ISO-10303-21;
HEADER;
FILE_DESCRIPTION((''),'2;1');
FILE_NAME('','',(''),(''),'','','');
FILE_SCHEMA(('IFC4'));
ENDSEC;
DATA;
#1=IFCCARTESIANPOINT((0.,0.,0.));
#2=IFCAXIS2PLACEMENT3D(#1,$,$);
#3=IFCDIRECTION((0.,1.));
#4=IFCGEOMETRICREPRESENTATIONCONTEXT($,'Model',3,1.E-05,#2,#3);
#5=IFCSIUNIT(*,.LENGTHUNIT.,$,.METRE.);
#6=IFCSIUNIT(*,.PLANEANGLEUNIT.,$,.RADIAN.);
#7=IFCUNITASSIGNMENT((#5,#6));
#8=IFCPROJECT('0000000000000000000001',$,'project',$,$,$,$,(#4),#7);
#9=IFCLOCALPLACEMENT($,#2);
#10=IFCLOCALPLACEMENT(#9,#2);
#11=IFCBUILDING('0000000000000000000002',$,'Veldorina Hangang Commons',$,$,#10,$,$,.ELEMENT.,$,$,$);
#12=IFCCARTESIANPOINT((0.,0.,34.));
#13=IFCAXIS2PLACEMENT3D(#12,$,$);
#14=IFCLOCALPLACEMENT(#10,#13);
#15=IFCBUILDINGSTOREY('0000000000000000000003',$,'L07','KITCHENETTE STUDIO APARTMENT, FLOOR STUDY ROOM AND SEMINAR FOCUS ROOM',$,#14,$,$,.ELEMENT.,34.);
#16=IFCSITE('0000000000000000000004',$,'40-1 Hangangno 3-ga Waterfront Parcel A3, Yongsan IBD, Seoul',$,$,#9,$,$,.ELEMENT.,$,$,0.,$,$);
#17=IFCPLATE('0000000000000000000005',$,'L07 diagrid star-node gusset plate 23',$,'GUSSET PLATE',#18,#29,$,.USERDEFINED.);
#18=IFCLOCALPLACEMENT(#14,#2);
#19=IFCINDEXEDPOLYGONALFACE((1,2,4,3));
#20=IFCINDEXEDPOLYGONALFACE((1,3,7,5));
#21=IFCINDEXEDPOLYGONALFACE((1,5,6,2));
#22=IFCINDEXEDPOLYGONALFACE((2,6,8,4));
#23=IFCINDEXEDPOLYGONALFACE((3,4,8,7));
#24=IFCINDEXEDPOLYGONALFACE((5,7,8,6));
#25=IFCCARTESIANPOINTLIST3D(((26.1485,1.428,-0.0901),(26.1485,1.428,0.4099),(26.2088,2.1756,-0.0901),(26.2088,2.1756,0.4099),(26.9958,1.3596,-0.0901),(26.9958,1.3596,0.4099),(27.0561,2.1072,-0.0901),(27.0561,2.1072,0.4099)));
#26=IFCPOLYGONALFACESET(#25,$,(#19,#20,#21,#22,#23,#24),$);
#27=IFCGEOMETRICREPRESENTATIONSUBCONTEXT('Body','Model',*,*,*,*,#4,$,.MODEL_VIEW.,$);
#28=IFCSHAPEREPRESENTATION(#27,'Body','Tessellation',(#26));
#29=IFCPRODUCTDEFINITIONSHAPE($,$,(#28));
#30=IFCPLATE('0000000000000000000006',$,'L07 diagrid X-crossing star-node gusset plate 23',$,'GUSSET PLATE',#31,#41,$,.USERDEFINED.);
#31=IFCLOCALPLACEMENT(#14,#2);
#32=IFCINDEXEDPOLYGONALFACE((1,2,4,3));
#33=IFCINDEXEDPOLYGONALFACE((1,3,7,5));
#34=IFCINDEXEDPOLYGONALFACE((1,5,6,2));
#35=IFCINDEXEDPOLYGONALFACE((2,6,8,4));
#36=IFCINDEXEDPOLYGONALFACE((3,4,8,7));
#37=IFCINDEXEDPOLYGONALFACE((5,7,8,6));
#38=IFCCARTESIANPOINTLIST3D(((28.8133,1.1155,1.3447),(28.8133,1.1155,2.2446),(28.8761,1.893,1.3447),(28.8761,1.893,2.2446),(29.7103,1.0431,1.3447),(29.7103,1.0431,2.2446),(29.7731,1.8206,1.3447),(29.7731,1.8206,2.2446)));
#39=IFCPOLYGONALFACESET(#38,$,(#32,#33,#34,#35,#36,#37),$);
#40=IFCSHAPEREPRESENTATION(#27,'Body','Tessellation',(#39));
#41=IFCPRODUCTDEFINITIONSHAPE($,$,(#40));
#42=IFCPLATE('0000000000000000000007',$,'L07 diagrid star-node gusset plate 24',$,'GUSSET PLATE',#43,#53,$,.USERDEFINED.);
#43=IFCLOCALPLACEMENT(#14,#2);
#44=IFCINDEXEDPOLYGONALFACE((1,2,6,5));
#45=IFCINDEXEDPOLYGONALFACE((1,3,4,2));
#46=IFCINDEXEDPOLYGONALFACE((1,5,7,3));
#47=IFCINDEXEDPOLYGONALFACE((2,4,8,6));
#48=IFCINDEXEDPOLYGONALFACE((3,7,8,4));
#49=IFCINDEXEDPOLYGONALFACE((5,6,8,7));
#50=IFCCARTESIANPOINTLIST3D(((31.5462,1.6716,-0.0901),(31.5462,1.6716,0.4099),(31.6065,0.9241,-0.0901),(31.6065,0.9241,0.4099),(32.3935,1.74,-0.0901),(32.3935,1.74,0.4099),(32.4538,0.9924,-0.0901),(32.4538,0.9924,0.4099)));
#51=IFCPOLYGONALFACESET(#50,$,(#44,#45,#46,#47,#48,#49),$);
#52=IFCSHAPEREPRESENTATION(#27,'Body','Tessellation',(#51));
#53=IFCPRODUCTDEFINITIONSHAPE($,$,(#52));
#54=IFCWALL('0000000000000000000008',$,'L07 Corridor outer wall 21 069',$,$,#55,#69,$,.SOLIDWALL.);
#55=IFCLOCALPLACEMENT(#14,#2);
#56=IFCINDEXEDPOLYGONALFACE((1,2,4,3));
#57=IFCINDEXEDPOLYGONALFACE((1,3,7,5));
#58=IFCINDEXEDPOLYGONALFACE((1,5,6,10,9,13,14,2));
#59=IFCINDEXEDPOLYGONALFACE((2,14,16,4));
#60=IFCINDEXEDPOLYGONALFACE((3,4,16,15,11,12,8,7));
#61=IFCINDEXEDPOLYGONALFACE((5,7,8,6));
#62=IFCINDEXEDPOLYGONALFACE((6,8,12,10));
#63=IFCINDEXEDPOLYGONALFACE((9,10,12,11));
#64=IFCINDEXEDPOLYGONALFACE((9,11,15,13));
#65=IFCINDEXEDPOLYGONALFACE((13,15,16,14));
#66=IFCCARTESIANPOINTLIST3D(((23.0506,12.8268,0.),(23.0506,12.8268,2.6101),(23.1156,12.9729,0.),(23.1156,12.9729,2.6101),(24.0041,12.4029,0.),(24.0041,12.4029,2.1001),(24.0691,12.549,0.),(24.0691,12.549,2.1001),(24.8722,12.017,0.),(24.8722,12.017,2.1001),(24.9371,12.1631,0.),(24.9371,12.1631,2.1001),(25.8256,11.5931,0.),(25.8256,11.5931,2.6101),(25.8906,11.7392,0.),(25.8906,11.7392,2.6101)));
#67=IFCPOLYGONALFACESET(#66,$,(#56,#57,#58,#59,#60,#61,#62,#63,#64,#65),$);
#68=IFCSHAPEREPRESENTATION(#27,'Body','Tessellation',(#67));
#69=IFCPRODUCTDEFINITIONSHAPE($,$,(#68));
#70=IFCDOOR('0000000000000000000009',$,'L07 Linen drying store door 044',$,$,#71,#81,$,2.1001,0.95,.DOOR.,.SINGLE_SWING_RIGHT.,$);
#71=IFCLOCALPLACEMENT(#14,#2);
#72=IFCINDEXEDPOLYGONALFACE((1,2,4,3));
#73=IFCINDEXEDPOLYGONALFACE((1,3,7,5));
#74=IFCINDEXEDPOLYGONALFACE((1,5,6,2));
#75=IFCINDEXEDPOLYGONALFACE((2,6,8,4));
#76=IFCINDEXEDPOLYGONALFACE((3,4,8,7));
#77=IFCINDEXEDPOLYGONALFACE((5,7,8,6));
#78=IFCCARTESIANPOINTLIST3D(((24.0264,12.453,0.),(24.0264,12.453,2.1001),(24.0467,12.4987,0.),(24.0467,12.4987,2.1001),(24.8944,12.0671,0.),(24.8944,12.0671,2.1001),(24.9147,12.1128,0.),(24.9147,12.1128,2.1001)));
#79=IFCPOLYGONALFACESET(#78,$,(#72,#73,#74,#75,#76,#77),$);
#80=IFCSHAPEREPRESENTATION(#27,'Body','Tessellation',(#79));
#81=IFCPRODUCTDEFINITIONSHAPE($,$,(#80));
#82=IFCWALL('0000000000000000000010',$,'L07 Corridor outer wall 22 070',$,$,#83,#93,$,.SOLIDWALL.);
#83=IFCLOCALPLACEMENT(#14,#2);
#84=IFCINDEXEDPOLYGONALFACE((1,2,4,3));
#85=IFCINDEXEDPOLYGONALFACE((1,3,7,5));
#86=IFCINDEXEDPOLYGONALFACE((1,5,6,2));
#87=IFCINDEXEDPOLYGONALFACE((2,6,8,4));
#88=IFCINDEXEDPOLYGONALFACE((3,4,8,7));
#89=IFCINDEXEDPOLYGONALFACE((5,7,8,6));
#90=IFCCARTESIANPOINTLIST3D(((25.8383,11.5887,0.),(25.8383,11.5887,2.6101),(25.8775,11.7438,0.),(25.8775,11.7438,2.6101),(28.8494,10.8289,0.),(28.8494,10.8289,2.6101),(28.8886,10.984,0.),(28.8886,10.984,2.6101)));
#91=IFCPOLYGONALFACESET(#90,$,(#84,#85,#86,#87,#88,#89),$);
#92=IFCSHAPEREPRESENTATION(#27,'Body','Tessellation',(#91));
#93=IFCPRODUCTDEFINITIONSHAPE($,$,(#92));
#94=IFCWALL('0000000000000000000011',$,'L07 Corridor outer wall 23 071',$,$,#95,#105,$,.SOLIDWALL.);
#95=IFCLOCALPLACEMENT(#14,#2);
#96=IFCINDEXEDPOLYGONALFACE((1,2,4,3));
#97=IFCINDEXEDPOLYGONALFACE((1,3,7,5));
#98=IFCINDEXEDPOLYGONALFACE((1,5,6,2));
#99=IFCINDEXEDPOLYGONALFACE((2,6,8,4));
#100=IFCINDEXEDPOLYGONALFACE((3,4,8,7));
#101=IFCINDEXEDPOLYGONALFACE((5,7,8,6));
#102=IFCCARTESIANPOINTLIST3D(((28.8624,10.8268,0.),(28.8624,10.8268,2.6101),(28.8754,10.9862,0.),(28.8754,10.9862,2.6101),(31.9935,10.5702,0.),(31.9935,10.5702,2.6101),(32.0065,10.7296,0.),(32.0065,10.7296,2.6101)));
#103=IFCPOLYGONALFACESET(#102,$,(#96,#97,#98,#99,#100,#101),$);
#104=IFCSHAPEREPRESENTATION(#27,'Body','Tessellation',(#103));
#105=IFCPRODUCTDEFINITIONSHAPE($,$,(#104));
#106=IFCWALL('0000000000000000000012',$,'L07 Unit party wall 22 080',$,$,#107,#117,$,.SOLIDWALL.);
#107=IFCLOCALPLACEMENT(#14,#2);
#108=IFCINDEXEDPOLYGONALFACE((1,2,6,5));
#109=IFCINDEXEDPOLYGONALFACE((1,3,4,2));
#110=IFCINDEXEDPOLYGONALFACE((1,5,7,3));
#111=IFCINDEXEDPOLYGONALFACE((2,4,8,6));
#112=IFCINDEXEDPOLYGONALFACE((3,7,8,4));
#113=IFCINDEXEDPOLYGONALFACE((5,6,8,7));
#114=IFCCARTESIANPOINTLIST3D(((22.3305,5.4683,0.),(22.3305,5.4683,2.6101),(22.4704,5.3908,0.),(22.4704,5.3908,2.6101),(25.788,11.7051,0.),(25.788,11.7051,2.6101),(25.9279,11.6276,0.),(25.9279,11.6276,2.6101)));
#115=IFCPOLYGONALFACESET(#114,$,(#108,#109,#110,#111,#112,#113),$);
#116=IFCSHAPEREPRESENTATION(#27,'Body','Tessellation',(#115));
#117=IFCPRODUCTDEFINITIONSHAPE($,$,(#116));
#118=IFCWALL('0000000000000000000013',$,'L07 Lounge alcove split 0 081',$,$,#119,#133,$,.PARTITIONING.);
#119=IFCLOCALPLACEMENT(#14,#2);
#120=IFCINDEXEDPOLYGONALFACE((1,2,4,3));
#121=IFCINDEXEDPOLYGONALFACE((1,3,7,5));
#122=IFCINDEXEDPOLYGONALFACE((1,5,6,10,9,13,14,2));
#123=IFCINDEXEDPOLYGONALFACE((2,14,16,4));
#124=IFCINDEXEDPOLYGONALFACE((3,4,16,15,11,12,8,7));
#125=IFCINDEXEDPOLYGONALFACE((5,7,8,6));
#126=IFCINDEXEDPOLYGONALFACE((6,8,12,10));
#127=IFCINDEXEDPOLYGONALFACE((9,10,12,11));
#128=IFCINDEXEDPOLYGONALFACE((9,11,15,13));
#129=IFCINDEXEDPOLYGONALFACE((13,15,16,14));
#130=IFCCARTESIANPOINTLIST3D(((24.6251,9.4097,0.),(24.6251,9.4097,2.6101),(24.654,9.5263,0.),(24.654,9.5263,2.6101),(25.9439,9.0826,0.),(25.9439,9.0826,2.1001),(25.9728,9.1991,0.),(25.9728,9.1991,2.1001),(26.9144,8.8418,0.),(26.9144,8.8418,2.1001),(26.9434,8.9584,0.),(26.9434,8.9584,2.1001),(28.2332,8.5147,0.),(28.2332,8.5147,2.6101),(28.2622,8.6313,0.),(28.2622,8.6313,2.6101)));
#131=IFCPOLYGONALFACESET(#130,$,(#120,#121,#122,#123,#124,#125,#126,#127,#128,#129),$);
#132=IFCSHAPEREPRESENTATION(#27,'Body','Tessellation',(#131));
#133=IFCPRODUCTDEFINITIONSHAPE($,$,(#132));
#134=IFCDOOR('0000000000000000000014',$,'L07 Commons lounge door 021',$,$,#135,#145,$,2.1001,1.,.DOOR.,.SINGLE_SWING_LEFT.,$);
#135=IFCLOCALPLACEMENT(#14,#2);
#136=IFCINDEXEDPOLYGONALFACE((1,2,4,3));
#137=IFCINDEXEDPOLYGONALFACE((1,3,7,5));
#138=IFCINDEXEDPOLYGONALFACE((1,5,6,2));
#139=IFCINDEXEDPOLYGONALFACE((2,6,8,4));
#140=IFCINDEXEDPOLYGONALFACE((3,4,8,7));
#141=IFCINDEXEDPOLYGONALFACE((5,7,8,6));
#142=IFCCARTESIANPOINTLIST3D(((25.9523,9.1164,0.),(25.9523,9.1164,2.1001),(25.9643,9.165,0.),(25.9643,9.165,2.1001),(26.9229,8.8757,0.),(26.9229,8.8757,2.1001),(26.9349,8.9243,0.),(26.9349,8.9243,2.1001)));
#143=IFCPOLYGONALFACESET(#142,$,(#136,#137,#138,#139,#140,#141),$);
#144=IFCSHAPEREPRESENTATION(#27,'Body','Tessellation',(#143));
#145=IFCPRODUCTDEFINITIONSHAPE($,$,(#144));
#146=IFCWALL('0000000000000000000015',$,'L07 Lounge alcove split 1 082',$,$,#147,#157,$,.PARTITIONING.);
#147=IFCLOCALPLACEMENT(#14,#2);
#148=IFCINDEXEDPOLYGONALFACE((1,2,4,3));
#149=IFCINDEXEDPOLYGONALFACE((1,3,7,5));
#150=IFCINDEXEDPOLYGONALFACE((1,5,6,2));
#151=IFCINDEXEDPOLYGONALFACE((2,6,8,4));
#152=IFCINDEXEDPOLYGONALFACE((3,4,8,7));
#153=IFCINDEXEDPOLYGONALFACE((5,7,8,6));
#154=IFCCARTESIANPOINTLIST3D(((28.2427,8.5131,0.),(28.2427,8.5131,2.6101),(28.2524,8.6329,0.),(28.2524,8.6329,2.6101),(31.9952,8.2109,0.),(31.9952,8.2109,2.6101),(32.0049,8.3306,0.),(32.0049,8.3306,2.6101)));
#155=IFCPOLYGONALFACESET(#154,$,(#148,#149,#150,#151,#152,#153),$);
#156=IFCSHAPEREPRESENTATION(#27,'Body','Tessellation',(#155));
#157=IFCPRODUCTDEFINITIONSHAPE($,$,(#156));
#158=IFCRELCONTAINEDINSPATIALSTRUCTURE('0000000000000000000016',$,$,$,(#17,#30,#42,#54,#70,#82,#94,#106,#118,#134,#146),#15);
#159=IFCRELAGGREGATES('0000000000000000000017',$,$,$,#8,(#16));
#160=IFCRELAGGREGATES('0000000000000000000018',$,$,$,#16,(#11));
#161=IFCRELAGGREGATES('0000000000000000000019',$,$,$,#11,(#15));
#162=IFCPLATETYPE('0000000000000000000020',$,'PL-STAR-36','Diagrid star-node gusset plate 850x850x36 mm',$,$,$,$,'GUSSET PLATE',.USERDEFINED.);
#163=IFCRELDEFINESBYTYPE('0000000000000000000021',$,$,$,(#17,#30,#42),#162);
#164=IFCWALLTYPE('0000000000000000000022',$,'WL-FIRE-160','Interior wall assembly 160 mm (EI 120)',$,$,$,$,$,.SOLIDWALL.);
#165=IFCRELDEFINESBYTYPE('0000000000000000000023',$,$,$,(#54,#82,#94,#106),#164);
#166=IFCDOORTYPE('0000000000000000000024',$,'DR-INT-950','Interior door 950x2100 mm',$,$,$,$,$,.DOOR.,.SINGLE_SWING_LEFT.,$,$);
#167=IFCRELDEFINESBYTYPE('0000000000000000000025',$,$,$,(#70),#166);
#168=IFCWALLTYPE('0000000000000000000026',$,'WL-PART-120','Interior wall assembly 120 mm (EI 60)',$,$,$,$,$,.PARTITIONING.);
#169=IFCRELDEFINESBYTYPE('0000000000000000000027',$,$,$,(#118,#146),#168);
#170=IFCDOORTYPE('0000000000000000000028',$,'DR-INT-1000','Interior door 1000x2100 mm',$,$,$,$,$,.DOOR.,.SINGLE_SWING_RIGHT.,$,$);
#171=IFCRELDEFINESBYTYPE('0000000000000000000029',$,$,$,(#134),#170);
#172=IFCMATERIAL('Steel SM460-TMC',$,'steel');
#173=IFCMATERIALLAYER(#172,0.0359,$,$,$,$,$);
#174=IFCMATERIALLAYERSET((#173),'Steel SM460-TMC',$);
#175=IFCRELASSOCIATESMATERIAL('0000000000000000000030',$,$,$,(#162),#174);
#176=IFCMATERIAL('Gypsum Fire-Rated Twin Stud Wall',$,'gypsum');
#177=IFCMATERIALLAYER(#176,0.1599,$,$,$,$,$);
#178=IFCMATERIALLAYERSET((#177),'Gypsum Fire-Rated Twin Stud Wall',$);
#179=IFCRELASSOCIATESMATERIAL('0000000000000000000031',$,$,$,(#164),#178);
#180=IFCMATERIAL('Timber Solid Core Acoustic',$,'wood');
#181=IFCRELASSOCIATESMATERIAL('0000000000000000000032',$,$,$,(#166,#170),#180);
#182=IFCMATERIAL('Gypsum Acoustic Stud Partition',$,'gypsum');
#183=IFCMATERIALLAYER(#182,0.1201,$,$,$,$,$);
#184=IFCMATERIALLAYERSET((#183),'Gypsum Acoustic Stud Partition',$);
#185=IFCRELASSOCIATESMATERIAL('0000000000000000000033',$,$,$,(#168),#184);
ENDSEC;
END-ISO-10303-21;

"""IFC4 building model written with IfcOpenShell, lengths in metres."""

from ifc_helpers import new_model, si_unit, direction, frame, frame_2d, origin, origin_2d, place, context, subcontext, project, spatial, rectangle, extrude, material, layer, layer_set, type_object, element, fill, save


model = new_model("IFC4")

# Units and contexts
model_context = context("Model", 3, precision=1e-05, world=origin(), true_north=direction((0.0, 1.0)))
body_context = subcontext(model_context, "Body", "Model", "MODEL_VIEW")
ifc_project = project(units=[si_unit("LENGTHUNIT", "METRE"), si_unit("PLANEANGLEUNIT", "RADIAN")], contexts=[model_context])

# Site, building, storey
site_placement = place(None, origin())
site = spatial("IfcSite", under=ifc_project, at=site_placement, Name="40-1 Hangangno 3-ga Waterfront Parcel A3, Yongsan IBD, Seoul", CompositionType="ELEMENT", RefElevation=0.0)
building_placement = place(site_placement, origin())
building = spatial("IfcBuilding", under=site, at=building_placement, Name="Veldorina Hangang Commons", CompositionType="ELEMENT")
storey_placement = place(building_placement, frame((0.0, 0.0, 34.0)))
storey = spatial("IfcBuildingStorey", under=building, at=storey_placement, Name="L07", Description="KITCHENETTE STUDIO APARTMENT, FLOOR STUDY ROOM AND SEMINAR FOCUS ROOM", CompositionType="ELEMENT", Elevation=34.0)

# Shared definitions
ifc_material_1 = material(Name="Steel SM460-TMC", Category="steel")

# Plates
ifc_layer_1 = layer(ifc_material_1, 0.0359)
ifc_layer_set_1 = layer_set([ifc_layer_1], Name="Steel SM460-TMC")
plate_type_1 = type_object("IfcPlateType", Name="PL-STAR-36", Description="Diagrid star-node gusset plate 850x850x36 mm", ElementType="GUSSET PLATE", PredefinedType="USERDEFINED", material=ifc_layer_set_1)
for number, where, z_axis, x_axis, name in (
    (1, (26.6023, 1.7676, -0.0901), (0.0, 0.0, 1.0), (0.996759, -0.080442, 0.0), "L07 diagrid star-node gusset plate 23"),
):
    element("IfcPlate", number, at=place(storey_placement, frame(where, z_axis=z_axis, x_axis=x_axis)), inside=storey, type_object=plate_type_1, Name=name, ObjectType="GUSSET PLATE", PredefinedType="USERDEFINED", context=body_context, shape_type="SweptSolid", body=[
        extrude(rectangle(XDim=0.8501, YDim=0.75, at=origin_2d()), origin(), (0.0, 0.0, 1.0), 0.5),
    ])
plate_1_placement = place(storey_placement, frame((29.2932, 1.468, 1.3447), z_axis=(0.0, 0.0, 1.0), x_axis=(0.996759, -0.080442, 0.0)))
element("IfcPlate", 2, at=plate_1_placement, inside=storey, type_object=plate_type_1, Name="L07 diagrid X-crossing star-node gusset plate 23", ObjectType="GUSSET PLATE", PredefinedType="USERDEFINED", context=body_context, shape_type="SweptSolid", body=[
    extrude(rectangle(XDim=0.8999, YDim=0.78, at=origin_2d()), origin(), (0.0, 0.0, 1.0), 0.8999),
])
plate_2_placement = place(storey_placement, frame((32.0, 1.332, -0.0901), z_axis=(0.0, 0.0, 1.0), x_axis=(0.996759, 0.080442, 0.0)))
element("IfcPlate", 3, at=plate_2_placement, inside=storey, type_object=plate_type_1, Name="L07 diagrid star-node gusset plate 24", ObjectType="GUSSET PLATE", PredefinedType="USERDEFINED", context=body_context, shape_type="SweptSolid", body=[
    extrude(rectangle(XDim=0.8501, YDim=0.75, at=origin_2d()), origin(), (0.0, 0.0, 1.0), 0.5),
])

# Wall, opening, door
ifc_material_2 = material(Name="Gypsum Fire-Rated Twin Stud Wall", Category="gypsum")
ifc_layer_2 = layer(ifc_material_2, 0.1599)
ifc_layer_set_2 = layer_set([ifc_layer_2], Name="Gypsum Fire-Rated Twin Stud Wall")
wall_type_1 = type_object("IfcWallType", Name="WL-FIRE-160", Description="Interior wall assembly 160 mm (EI 120)", PredefinedType="SOLIDWALL", material=ifc_layer_set_2)
wall_1_placement = place(storey_placement, frame((23.083, 12.8999, 0.0), z_axis=(0.0, 0.0, 1.0), x_axis=(0.913768, -0.406235, 0.0)))
wall_1 = element("IfcWall", 4, at=wall_1_placement, inside=storey, type_object=wall_type_1, Name="L07 Corridor outer wall 21 069", PredefinedType="SOLIDWALL", context=body_context, shape_type="SweptSolid", body=[
    extrude(rectangle(XDim=3.0369, YDim=0.1599, at=frame_2d((1.5186, 0.0))), origin(), (0.0, 0.0, 1.0), 2.6101),
])
opening_1_placement = place(wall_1_placement, frame((1.0435, 0.0, 0.0)))
opening_1 = element("IfcOpeningElement", 5, at=opening_1_placement, cuts=wall_1, PredefinedType="OPENING", context=body_context, shape_type="SweptSolid", body=[
    extrude(rectangle(XDim=0.95, YDim=2.1001, at=frame_2d((0.4751, 1.05))), frame((0.0, 0.0898, 0.0), z_axis=(0.0, -1.0, 0.0), x_axis=(1.0, 0.0, 0.0)), (0.0, 0.0, 1.0), 0.1799),
])
ifc_material_3 = material(Name="Timber Solid Core Acoustic", Category="wood")
door_type_1 = type_object("IfcDoorType", Name="DR-INT-950", Description="Interior door 950x2100 mm", OperationType="SINGLE_SWING_LEFT", PredefinedType="DOOR", material=ifc_material_3)
door_1_placement = place(opening_1_placement, origin())
door_1 = element("IfcDoor", 6, at=door_1_placement, inside=storey, type_object=door_type_1, Name="L07 Linen drying store door 044", OperationType="SINGLE_SWING_RIGHT", OverallHeight=2.1001, OverallWidth=0.95, PredefinedType="DOOR", context=body_context, shape_type="SweptSolid", body=[
    extrude(rectangle(XDim=0.95, YDim=2.1001, at=frame_2d((0.4751, 1.05))), frame((0.0, 0.0249, 0.0), z_axis=(0.0, -1.0, 0.0), x_axis=(1.0, 0.0, 0.0)), (0.0, 0.0, 1.0), 0.05),
])
fill(opening_1, door_1)

# Walls
wall_2_placement = place(storey_placement, frame((25.8579, 11.6663, 0.0), z_axis=(0.0, 0.0, 1.0), x_axis=(0.969608, -0.244662, 0.0)))
element("IfcWall", 7, at=wall_2_placement, inside=storey, type_object=wall_type_1, Name="L07 Corridor outer wall 22 070", PredefinedType="SOLIDWALL", context=body_context, shape_type="SweptSolid", body=[
    extrude(rectangle(XDim=3.1055, YDim=0.1599, at=frame_2d((1.5527, 0.0))), origin(), (0.0, 0.0, 1.0), 2.6101),
])
wall_3_placement = place(storey_placement, frame((28.8689, 10.9065, 0.0), z_axis=(0.0, 0.0, 1.0), x_axis=(0.996659, -0.081676, 0.0)))
element("IfcWall", 8, at=wall_3_placement, inside=storey, type_object=wall_type_1, Name="L07 Corridor outer wall 23 071", PredefinedType="SOLIDWALL", context=body_context, shape_type="SweptSolid", body=[
    extrude(rectangle(XDim=3.1416, YDim=0.1599, at=frame_2d((1.5708, 0.0))), origin(), (0.0, 0.0, 1.0), 2.6101),
])
wall_4_placement = place(storey_placement, frame((25.8579, 11.6663, 0.0), z_axis=(0.0, 0.0, 1.0), x_axis=(-0.484852, -0.874596, 0.0)))
element("IfcWall", 9, at=wall_4_placement, inside=storey, type_object=wall_type_1, Name="L07 Unit party wall 22 080", PredefinedType="SOLIDWALL", context=body_context, shape_type="SweptSolid", body=[
    extrude(rectangle(XDim=7.1311, YDim=0.1599, at=frame_2d((3.5654, 0.0))), origin(), (0.0, 0.0, 1.0), 2.6101),
])

# Wall, opening, door
ifc_material_4 = material(Name="Gypsum Acoustic Stud Partition", Category="gypsum")
ifc_layer_3 = layer(ifc_material_4, 0.1201)
ifc_layer_set_3 = layer_set([ifc_layer_3], Name="Gypsum Acoustic Stud Partition")
wall_type_2 = type_object("IfcWallType", Name="WL-PART-120", Description="Interior wall assembly 120 mm (EI 60)", PredefinedType="PARTITIONING", material=ifc_layer_set_3)
wall_5_placement = place(storey_placement, frame((24.6394, 9.468, 0.0), z_axis=(0.0, 0.0, 1.0), x_axis=(0.970585, -0.240758, 0.0)))
wall_5 = element("IfcWall", 10, at=wall_5_placement, inside=storey, type_object=wall_type_2, Name="L07 Lounge alcove split 0 081", PredefinedType="PARTITIONING", context=body_context, shape_type="SweptSolid", body=[
    extrude(rectangle(XDim=3.7175, YDim=0.1201, at=frame_2d((1.8589, 0.0))), origin(), (0.0, 0.0, 1.0), 2.6101),
])
opening_2_placement = place(wall_5_placement, frame((1.3589, 0.0, 0.0)))
opening_2 = element("IfcOpeningElement", 11, at=opening_2_placement, cuts=wall_5, PredefinedType="OPENING", context=body_context, shape_type="SweptSolid", body=[
    extrude(rectangle(XDim=1.0, YDim=2.1001, at=frame_2d((0.5, 1.05))), frame((0.0, 0.0701, 0.0), z_axis=(0.0, -1.0, 0.0), x_axis=(1.0, 0.0, 0.0)), (0.0, 0.0, 1.0), 0.1401),
])
door_type_2 = type_object("IfcDoorType", Name="DR-INT-1000", Description="Interior door 1000x2100 mm", OperationType="SINGLE_SWING_RIGHT", PredefinedType="DOOR", material=ifc_material_3)
door_2_placement = place(opening_2_placement, origin())
door_2 = element("IfcDoor", 12, at=door_2_placement, inside=storey, type_object=door_type_2, Name="L07 Commons lounge door 021", OperationType="SINGLE_SWING_LEFT", OverallHeight=2.1001, OverallWidth=1.0, PredefinedType="DOOR", context=body_context, shape_type="SweptSolid", body=[
    extrude(rectangle(XDim=1.0, YDim=2.1001, at=frame_2d((0.5, 1.05))), frame((0.0, 0.0249, 0.0), z_axis=(0.0, -1.0, 0.0), x_axis=(1.0, 0.0, 0.0)), (0.0, 0.0, 1.0), 0.05),
])
fill(opening_2, door_2)

# Wall
wall_6_placement = place(storey_placement, frame((28.2476, 8.573, 0.0), z_axis=(0.0, 0.0, 1.0), x_axis=(0.996772, -0.080287, 0.0)))
element("IfcWall", 13, at=wall_6_placement, inside=storey, type_object=wall_type_2, Name="L07 Lounge alcove split 1 082", PredefinedType="PARTITIONING", context=body_context, shape_type="SweptSolid", body=[
    extrude(rectangle(XDim=3.7646, YDim=0.1201, at=frame_2d((1.8823, 0.0))), origin(), (0.0, 0.0, 1.0), 2.6101),
])

save(model, "model.ifc")
